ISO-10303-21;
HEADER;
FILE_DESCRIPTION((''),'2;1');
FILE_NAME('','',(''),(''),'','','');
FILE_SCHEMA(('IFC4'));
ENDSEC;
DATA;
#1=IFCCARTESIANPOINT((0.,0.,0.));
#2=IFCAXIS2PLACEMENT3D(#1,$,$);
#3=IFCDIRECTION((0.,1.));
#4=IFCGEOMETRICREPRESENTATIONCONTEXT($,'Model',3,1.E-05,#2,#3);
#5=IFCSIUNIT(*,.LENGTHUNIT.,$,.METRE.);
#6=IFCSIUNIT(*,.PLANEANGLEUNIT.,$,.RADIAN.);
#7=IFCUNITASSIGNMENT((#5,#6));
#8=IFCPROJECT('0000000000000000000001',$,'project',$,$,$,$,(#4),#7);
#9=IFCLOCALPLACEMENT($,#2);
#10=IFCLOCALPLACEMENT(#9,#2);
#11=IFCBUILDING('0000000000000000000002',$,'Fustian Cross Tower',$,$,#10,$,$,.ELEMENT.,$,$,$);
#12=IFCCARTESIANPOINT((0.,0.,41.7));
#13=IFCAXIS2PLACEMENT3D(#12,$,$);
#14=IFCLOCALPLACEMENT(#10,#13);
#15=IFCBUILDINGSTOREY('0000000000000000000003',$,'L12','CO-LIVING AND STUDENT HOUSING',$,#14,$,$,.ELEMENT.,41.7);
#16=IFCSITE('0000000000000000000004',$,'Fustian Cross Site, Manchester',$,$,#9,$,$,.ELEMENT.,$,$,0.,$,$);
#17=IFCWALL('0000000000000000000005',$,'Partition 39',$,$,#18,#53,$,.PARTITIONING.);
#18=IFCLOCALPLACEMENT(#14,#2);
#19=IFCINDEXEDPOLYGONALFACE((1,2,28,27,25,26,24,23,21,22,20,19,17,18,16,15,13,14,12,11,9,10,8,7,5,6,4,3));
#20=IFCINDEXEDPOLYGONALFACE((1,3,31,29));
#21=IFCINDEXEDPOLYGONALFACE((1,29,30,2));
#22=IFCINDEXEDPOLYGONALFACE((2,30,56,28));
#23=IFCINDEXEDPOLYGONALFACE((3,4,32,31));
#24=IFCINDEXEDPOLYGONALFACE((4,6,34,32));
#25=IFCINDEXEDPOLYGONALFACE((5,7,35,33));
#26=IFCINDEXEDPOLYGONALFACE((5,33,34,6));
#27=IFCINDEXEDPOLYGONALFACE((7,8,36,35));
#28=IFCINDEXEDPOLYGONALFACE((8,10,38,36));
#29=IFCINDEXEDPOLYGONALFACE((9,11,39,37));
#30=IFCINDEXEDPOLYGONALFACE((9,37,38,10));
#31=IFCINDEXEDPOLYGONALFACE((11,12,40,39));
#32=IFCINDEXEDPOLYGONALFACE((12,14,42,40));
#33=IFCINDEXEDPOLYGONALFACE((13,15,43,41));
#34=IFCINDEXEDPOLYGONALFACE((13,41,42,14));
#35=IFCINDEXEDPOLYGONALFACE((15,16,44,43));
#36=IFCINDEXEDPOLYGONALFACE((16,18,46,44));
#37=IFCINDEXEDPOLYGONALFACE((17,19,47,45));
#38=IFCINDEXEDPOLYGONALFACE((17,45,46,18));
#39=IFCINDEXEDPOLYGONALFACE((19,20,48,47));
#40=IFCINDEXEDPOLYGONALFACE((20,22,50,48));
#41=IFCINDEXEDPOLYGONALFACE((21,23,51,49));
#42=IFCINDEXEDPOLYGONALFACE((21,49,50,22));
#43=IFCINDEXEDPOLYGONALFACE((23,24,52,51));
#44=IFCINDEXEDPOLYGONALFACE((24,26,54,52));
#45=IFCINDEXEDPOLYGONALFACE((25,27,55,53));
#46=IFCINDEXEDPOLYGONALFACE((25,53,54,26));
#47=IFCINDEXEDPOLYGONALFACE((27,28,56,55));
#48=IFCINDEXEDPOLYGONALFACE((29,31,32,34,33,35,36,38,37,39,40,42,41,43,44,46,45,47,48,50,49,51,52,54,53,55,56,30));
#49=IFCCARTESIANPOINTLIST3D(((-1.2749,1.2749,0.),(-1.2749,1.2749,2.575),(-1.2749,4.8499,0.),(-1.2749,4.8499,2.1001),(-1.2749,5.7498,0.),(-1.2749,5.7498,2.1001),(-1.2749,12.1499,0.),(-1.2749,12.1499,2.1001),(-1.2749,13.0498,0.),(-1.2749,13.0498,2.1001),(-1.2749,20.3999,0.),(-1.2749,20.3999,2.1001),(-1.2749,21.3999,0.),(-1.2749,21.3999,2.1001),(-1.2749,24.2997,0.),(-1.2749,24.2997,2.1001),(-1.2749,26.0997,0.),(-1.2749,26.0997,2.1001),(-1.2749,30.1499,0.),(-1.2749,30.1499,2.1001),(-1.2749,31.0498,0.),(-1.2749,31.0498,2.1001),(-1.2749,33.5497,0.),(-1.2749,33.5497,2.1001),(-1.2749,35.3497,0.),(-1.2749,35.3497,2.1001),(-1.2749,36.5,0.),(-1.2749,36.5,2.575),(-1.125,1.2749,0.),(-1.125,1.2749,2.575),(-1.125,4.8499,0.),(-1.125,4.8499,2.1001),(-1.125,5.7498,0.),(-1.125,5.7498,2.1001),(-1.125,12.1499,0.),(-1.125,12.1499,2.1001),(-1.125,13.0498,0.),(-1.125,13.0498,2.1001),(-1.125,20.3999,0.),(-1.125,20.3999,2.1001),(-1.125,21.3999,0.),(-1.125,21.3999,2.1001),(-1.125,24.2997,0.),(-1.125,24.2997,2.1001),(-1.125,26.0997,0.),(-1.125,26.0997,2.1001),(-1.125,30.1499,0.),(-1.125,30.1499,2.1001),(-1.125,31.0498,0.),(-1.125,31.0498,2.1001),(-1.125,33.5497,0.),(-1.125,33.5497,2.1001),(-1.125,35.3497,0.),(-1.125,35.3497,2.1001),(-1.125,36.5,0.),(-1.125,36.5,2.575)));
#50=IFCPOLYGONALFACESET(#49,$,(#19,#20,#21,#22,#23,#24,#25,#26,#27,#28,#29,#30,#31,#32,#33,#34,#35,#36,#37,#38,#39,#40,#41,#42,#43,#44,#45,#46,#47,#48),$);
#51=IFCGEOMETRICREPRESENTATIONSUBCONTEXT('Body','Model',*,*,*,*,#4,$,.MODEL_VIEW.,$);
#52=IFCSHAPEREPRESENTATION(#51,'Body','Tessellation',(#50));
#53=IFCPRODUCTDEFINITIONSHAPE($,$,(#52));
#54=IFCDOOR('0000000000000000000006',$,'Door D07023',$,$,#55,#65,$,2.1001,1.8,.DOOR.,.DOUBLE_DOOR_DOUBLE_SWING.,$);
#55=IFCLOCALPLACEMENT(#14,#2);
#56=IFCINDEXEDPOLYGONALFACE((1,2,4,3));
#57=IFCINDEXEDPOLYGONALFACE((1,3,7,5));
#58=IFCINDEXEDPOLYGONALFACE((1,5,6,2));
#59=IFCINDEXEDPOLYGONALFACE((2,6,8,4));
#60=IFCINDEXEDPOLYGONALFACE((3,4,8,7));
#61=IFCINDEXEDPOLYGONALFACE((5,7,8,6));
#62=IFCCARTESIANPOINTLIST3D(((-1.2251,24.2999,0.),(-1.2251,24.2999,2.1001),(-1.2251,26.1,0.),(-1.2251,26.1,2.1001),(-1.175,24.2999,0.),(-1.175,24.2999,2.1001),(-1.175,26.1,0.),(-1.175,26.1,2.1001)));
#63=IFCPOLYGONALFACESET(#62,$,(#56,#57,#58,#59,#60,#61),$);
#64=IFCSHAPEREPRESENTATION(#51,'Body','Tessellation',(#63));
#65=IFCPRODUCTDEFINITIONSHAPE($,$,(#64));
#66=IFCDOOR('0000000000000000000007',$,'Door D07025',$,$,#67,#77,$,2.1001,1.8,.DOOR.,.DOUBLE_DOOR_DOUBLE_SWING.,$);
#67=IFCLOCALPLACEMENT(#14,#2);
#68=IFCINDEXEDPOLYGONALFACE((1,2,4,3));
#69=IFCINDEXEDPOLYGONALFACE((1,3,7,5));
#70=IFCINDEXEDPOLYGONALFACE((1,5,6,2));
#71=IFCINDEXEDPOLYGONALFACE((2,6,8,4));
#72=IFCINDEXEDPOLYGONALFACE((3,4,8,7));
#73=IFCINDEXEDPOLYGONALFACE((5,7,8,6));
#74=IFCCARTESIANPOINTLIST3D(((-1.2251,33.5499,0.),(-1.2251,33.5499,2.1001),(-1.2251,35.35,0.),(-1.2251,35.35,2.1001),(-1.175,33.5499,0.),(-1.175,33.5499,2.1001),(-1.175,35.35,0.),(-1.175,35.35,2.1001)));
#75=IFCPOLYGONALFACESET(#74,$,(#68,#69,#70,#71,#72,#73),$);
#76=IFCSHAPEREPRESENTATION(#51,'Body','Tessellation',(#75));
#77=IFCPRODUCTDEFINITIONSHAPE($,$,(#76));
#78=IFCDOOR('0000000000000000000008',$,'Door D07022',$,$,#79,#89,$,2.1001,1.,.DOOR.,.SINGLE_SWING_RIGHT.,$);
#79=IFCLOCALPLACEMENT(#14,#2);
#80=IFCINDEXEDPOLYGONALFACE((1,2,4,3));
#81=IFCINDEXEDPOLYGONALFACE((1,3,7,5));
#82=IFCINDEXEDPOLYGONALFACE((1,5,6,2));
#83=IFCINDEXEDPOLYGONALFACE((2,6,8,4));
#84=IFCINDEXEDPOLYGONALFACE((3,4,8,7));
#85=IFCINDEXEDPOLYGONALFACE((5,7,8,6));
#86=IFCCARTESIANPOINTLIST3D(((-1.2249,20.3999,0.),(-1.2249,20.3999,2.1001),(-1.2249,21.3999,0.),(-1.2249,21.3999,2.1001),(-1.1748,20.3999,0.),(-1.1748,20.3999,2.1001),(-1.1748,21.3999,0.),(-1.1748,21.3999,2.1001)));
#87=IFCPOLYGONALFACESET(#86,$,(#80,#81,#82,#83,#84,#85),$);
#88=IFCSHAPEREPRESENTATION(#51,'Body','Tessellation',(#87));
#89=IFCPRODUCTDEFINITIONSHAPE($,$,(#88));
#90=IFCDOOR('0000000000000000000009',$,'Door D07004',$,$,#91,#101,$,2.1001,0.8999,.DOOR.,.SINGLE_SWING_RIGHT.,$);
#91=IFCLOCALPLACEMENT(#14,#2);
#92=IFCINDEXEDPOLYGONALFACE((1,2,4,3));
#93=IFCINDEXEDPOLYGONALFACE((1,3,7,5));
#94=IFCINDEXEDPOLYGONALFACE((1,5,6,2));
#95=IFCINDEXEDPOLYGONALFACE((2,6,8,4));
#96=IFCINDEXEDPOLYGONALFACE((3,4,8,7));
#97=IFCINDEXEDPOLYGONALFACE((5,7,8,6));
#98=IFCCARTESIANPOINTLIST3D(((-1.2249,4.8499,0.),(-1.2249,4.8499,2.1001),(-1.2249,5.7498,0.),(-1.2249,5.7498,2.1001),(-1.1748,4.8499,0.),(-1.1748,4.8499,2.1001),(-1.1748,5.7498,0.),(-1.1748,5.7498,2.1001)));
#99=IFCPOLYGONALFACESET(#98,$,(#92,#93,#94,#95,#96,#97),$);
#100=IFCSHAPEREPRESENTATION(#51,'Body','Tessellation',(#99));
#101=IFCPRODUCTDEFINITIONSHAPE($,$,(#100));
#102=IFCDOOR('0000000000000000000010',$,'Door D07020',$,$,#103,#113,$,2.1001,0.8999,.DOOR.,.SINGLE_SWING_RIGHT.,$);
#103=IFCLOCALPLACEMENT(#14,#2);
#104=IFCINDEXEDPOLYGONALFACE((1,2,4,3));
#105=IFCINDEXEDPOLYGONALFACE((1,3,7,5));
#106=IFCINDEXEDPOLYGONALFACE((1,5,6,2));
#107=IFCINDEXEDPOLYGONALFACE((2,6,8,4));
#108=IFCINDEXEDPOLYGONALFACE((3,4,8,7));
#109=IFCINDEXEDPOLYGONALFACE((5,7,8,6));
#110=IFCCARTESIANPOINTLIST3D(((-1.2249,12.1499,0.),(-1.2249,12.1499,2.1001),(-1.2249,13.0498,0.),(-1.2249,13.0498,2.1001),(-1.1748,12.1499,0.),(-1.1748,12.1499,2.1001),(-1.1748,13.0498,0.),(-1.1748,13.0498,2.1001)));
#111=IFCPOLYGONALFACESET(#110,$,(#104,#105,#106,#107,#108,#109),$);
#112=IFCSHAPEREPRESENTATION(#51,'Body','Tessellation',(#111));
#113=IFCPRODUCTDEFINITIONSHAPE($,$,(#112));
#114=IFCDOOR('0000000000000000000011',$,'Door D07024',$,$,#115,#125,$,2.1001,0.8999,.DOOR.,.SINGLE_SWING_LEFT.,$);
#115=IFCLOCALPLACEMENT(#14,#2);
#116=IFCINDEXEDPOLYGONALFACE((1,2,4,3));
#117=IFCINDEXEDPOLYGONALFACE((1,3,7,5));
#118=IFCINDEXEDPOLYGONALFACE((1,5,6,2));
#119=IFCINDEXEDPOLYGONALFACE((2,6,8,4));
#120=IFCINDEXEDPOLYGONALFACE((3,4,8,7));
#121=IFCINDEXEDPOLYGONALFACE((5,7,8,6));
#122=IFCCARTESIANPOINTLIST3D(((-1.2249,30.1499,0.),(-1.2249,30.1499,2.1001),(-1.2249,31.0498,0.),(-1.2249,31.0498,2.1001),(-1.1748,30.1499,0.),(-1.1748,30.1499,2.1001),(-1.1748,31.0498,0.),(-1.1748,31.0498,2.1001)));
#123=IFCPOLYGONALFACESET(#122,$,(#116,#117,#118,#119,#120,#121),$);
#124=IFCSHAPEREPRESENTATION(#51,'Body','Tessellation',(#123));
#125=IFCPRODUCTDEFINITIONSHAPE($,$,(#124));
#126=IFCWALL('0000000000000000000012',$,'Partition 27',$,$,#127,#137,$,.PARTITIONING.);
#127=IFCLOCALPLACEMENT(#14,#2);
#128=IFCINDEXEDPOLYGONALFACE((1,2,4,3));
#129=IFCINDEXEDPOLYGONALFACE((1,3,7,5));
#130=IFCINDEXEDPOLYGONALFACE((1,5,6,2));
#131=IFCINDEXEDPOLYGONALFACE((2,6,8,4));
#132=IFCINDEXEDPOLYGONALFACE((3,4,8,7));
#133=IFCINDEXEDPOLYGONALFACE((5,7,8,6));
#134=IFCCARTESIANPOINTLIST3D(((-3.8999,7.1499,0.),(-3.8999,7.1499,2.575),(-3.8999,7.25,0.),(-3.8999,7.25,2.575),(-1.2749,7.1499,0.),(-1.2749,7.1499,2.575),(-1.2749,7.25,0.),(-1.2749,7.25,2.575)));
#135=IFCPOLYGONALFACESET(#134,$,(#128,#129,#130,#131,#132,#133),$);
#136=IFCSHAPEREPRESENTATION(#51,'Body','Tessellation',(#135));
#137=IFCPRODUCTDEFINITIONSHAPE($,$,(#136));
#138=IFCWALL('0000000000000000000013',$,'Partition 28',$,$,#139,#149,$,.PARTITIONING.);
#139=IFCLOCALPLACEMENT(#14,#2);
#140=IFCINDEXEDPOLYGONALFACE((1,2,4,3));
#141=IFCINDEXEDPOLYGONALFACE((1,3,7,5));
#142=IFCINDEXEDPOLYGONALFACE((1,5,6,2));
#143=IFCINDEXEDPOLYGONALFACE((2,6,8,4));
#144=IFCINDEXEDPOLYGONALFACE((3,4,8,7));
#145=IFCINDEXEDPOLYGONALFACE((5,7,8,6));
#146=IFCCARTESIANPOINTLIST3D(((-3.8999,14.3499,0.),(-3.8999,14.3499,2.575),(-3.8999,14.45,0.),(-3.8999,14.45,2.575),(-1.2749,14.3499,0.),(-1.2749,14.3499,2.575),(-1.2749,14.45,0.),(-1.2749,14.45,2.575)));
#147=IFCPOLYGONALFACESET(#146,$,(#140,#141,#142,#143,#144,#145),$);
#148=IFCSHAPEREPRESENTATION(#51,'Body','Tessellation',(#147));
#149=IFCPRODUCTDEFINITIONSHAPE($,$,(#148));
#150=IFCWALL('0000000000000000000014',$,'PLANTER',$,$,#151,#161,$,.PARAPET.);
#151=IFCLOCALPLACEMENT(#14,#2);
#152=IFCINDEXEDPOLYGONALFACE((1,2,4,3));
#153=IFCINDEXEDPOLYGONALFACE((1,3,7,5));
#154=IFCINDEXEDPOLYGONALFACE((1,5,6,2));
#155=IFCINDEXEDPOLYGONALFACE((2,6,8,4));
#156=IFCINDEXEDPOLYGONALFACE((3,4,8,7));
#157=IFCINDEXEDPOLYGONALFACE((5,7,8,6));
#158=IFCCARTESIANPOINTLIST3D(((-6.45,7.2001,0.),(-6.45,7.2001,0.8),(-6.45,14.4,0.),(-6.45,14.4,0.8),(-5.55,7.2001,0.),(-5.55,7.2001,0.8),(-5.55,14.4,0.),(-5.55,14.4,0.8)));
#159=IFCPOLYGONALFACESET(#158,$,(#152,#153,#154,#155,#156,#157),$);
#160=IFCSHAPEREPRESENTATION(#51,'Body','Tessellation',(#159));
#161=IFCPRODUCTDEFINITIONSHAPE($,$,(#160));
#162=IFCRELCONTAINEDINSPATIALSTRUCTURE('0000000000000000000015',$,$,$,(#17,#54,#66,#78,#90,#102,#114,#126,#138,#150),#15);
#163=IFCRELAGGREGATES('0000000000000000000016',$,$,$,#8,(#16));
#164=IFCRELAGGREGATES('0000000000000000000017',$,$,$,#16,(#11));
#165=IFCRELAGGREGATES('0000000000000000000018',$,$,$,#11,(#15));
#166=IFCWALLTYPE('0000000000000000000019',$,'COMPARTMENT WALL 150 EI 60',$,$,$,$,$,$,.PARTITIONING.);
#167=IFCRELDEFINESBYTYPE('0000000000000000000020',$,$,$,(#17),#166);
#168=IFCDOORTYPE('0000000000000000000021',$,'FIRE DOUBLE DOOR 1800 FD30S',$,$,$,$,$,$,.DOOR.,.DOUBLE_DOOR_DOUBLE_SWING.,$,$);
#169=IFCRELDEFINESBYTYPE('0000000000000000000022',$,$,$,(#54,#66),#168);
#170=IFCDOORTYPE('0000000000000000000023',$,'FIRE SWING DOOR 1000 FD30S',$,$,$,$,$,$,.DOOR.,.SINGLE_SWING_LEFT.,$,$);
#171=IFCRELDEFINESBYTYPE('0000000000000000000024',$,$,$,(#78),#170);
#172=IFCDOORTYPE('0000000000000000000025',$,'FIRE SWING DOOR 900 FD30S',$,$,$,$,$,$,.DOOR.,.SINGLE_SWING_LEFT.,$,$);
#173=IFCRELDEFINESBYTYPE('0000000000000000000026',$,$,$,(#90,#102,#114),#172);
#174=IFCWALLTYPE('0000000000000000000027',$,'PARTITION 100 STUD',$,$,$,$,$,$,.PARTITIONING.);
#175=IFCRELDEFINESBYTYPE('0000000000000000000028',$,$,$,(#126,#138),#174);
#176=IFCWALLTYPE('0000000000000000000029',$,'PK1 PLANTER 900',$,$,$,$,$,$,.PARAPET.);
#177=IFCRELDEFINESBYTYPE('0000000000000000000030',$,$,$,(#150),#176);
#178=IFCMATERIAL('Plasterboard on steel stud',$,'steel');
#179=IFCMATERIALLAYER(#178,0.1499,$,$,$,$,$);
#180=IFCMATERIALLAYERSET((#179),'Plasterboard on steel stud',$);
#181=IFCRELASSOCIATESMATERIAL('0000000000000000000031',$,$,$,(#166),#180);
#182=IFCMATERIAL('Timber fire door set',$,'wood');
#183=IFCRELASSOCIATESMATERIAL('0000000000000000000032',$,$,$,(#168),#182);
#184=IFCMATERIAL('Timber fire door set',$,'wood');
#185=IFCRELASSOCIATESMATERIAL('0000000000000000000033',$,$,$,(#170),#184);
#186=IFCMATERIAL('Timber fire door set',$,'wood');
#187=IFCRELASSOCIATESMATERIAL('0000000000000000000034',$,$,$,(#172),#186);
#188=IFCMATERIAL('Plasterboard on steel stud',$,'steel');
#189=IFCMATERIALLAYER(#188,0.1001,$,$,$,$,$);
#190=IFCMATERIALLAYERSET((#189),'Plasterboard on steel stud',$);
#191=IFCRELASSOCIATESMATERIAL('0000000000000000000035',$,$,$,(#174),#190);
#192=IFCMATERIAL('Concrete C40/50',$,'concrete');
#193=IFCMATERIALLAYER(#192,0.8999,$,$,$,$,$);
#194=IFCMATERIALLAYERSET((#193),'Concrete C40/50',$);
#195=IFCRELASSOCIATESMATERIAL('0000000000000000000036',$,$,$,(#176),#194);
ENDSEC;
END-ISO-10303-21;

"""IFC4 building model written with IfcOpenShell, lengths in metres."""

from ifc_helpers import new_model, si_unit, direction, frame, frame_2d, origin, place, context, subcontext, project, spatial, rectangle, extrude, material, layer, layer_set, type_object, element, fill, save


model = new_model("IFC4")

# Units and contexts
model_context = context("Model", 3, precision=1e-05, world=origin(), true_north=direction((0.0, 1.0)))
body_context = subcontext(model_context, "Body", "Model", "MODEL_VIEW")
ifc_project = project(units=[si_unit("LENGTHUNIT", "METRE"), si_unit("PLANEANGLEUNIT", "RADIAN")], contexts=[model_context])

# Site, building, storey
site_placement = place(None, origin())
site = spatial("IfcSite", under=ifc_project, at=site_placement, Name="Fustian Cross Site, Manchester", CompositionType="ELEMENT", RefElevation=0.0)
building_placement = place(site_placement, origin())
building = spatial("IfcBuilding", under=site, at=building_placement, Name="Fustian Cross Tower", CompositionType="ELEMENT")
storey_placement = place(building_placement, frame((0.0, 0.0, 41.7)))
storey = spatial("IfcBuildingStorey", under=building, at=storey_placement, Name="L12", Description="CO-LIVING AND STUDENT HOUSING", CompositionType="ELEMENT", Elevation=41.7)

# Wall, openings, doors
ifc_material_1 = material(Name="Plasterboard on steel stud", Category="steel")
ifc_layer_1 = layer(ifc_material_1, 0.1499)
ifc_layer_set_1 = layer_set([ifc_layer_1], Name="Plasterboard on steel stud")
wall_type_1 = type_object("IfcWallType", Name="COMPARTMENT WALL 150 EI 60", PredefinedType="PARTITIONING", material=ifc_layer_set_1)
wall_1_placement = place(storey_placement, frame((-1.2, 1.2749, 0.0), z_axis=(0.0, 0.0, 1.0), x_axis=(0.0, 1.0, 0.0)))
wall_1 = element("IfcWall", 1, at=wall_1_placement, inside=storey, type_object=wall_type_1, Name="Partition 39", PredefinedType="PARTITIONING", context=body_context, shape_type="SweptSolid", body=[
    extrude(rectangle(XDim=35.2251, YDim=0.1499, at=frame_2d((17.6125, 0.0))), origin(), (0.0, 0.0, 1.0), 2.575),
])
opening_1_placement = place(wall_1_placement, frame((3.575, 0.0, 0.0)))
opening_1 = element("IfcOpeningElement", 2, at=opening_1_placement, cuts=wall_1, PredefinedType="OPENING", context=body_context, shape_type="SweptSolid", body=[
    extrude(rectangle(XDim=0.8999, YDim=2.1001, at=frame_2d((0.45, 1.05))), frame((0.0, 0.085, 0.0), z_axis=(0.0, -1.0, 0.0), x_axis=(1.0, 0.0, 0.0)), (0.0, 0.0, 1.0), 0.1699),
])
opening_2_placement = place(wall_1_placement, frame((10.875, 0.0, 0.0)))
opening_2 = element("IfcOpeningElement", 3, at=opening_2_placement, cuts=wall_1, PredefinedType="OPENING", context=body_context, shape_type="SweptSolid", body=[
    extrude(rectangle(XDim=0.8999, YDim=2.1001, at=frame_2d((0.45, 1.05))), frame((0.0, 0.085, 0.0), z_axis=(0.0, -1.0, 0.0), x_axis=(1.0, 0.0, 0.0)), (0.0, 0.0, 1.0), 0.1699),
])
opening_3_placement = place(wall_1_placement, frame((19.125, 0.0, 0.0)))
opening_3 = element("IfcOpeningElement", 4, at=opening_3_placement, cuts=wall_1, PredefinedType="OPENING", context=body_context, shape_type="SweptSolid", body=[
    extrude(rectangle(XDim=1.0, YDim=2.1001, at=frame_2d((0.5, 1.05))), frame((0.0, 0.085, 0.0), z_axis=(0.0, -1.0, 0.0), x_axis=(1.0, 0.0, 0.0)), (0.0, 0.0, 1.0), 0.1699),
])
opening_4_placement = place(wall_1_placement, frame((23.0249, 0.0, 0.0)))
opening_4 = element("IfcOpeningElement", 5, at=opening_4_placement, cuts=wall_1, PredefinedType="OPENING", context=body_context, shape_type="SweptSolid", body=[
    extrude(rectangle(XDim=1.8, YDim=2.1001, at=frame_2d((0.8999, 1.05))), frame((0.0, 0.085, 0.0), z_axis=(0.0, -1.0, 0.0), x_axis=(1.0, 0.0, 0.0)), (0.0, 0.0, 1.0), 0.1699),
])
opening_5_placement = place(wall_1_placement, frame((28.875, 0.0, 0.0)))
opening_5 = element("IfcOpeningElement", 6, at=opening_5_placement, cuts=wall_1, PredefinedType="OPENING", context=body_context, shape_type="SweptSolid", body=[
    extrude(rectangle(XDim=0.8999, YDim=2.1001, at=frame_2d((0.45, 1.05))), frame((0.0, 0.085, 0.0), z_axis=(0.0, -1.0, 0.0), x_axis=(1.0, 0.0, 0.0)), (0.0, 0.0, 1.0), 0.1699),
])
opening_6_placement = place(wall_1_placement, frame((32.2749, 0.0, 0.0)))
opening_6 = element("IfcOpeningElement", 7, at=opening_6_placement, cuts=wall_1, PredefinedType="OPENING", context=body_context, shape_type="SweptSolid", body=[
    extrude(rectangle(XDim=1.8, YDim=2.1001, at=frame_2d((0.8999, 1.05))), frame((0.0, 0.085, 0.0), z_axis=(0.0, -1.0, 0.0), x_axis=(1.0, 0.0, 0.0)), (0.0, 0.0, 1.0), 0.1699),
])
ifc_material_2 = material(Name="Timber fire door set", Category="wood")
door_type_1 = type_object("IfcDoorType", Name="FIRE DOUBLE DOOR 1800 FD30S", OperationType="DOUBLE_DOOR_DOUBLE_SWING", PredefinedType="DOOR", material=ifc_material_2)
door_1_placement = place(opening_4_placement, frame((1.8, 0.0, 0.0), z_axis=(0.0, 0.0, 1.0), x_axis=(-1.0, 0.0, 0.0)))
door_1 = element("IfcDoor", 8, at=door_1_placement, inside=storey, type_object=door_type_1, Name="Door D07023", OperationType="DOUBLE_DOOR_DOUBLE_SWING", OverallHeight=2.1001, OverallWidth=1.8, PredefinedType="DOOR", context=body_context, shape_type="SweptSolid", body=[
    extrude(rectangle(XDim=1.8, YDim=2.1001, at=frame_2d((0.8999, 1.05))), frame((0.0, 0.0249, 0.0), z_axis=(0.0, -1.0, 0.0), x_axis=(1.0, 0.0, 0.0)), (0.0, 0.0, 1.0), 0.05),
])
fill(opening_4, door_1)
door_2_placement = place(opening_6_placement, frame((1.8, 0.0, 0.0), z_axis=(0.0, 0.0, 1.0), x_axis=(-1.0, 0.0, 0.0)))
door_2 = element("IfcDoor", 9, at=door_2_placement, inside=storey, type_object=door_type_1, Name="Door D07025", OperationType="DOUBLE_DOOR_DOUBLE_SWING", OverallHeight=2.1001, OverallWidth=1.8, PredefinedType="DOOR", context=body_context, shape_type="SweptSolid", body=[
    extrude(rectangle(XDim=1.8, YDim=2.1001, at=frame_2d((0.8999, 1.05))), frame((0.0, 0.0249, 0.0), z_axis=(0.0, -1.0, 0.0), x_axis=(1.0, 0.0, 0.0)), (0.0, 0.0, 1.0), 0.05),
])
fill(opening_6, door_2)
ifc_material_3 = material(Name="Timber fire door set", Category="wood")
door_type_2 = type_object("IfcDoorType", Name="FIRE SWING DOOR 1000 FD30S", OperationType="SINGLE_SWING_LEFT", PredefinedType="DOOR", material=ifc_material_3)
door_3_placement = place(opening_3_placement, origin())
door_3 = element("IfcDoor", 10, at=door_3_placement, inside=storey, type_object=door_type_2, Name="Door D07022", OperationType="SINGLE_SWING_RIGHT", OverallHeight=2.1001, OverallWidth=1.0, PredefinedType="DOOR", context=body_context, shape_type="SweptSolid", body=[
    extrude(rectangle(XDim=1.0, YDim=2.1001, at=frame_2d((0.5, 1.05))), frame((0.0, 0.0249, 0.0), z_axis=(0.0, -1.0, 0.0), x_axis=(1.0, 0.0, 0.0)), (0.0, 0.0, 1.0), 0.05),
])
fill(opening_3, door_3)
ifc_material_4 = material(Name="Timber fire door set", Category="wood")
door_type_3 = type_object("IfcDoorType", Name="FIRE SWING DOOR 900 FD30S", OperationType="SINGLE_SWING_LEFT", PredefinedType="DOOR", material=ifc_material_4)
door_4_placement = place(opening_1_placement, origin())
door_4 = element("IfcDoor", 11, at=door_4_placement, inside=storey, type_object=door_type_3, Name="Door D07004", OperationType="SINGLE_SWING_RIGHT", OverallHeight=2.1001, OverallWidth=0.8999, PredefinedType="DOOR", context=body_context, shape_type="SweptSolid", body=[
    extrude(rectangle(XDim=0.8999, YDim=2.1001, at=frame_2d((0.45, 1.05))), frame((0.0, 0.0249, 0.0), z_axis=(0.0, -1.0, 0.0), x_axis=(1.0, 0.0, 0.0)), (0.0, 0.0, 1.0), 0.05),
])
fill(opening_1, door_4)
door_5_placement = place(opening_2_placement, origin())
door_5 = element("IfcDoor", 12, at=door_5_placement, inside=storey, type_object=door_type_3, Name="Door D07020", OperationType="SINGLE_SWING_RIGHT", OverallHeight=2.1001, OverallWidth=0.8999, PredefinedType="DOOR", context=body_context, shape_type="SweptSolid", body=[
    extrude(rectangle(XDim=0.8999, YDim=2.1001, at=frame_2d((0.45, 1.05))), frame((0.0, 0.0249, 0.0), z_axis=(0.0, -1.0, 0.0), x_axis=(1.0, 0.0, 0.0)), (0.0, 0.0, 1.0), 0.05),
])
fill(opening_2, door_5)
door_6_placement = place(opening_5_placement, origin())
door_6 = element("IfcDoor", 13, at=door_6_placement, inside=storey, type_object=door_type_3, Name="Door D07024", OperationType="SINGLE_SWING_LEFT", OverallHeight=2.1001, OverallWidth=0.8999, PredefinedType="DOOR", context=body_context, shape_type="SweptSolid", body=[
    extrude(rectangle(XDim=0.8999, YDim=2.1001, at=frame_2d((0.45, 1.05))), frame((0.0, 0.0249, 0.0), z_axis=(0.0, -1.0, 0.0), x_axis=(1.0, 0.0, 0.0)), (0.0, 0.0, 1.0), 0.05),
])
fill(opening_5, door_6)

# Walls
ifc_material_5 = material(Name="Plasterboard on steel stud", Category="steel")
ifc_layer_2 = layer(ifc_material_5, 0.1001)
ifc_layer_set_2 = layer_set([ifc_layer_2], Name="Plasterboard on steel stud")
wall_type_2 = type_object("IfcWallType", Name="PARTITION 100 STUD", PredefinedType="PARTITIONING", material=ifc_layer_set_2)
for number, where, z_axis, x_axis, name in (
    (14, (-3.8999, 7.2, 0.0), (0.0, 0.0, 1.0), (1.0, 0.0, 0.0), "Partition 27"),
    (15, (-3.8999, 14.3999, 0.0), (0.0, 0.0, 1.0), (1.0, 0.0, 0.0), "Partition 28"),
):
    element("IfcWall", number, at=place(storey_placement, frame(where, z_axis=z_axis, x_axis=x_axis)), inside=storey, type_object=wall_type_2, Name=name, PredefinedType="PARTITIONING", context=body_context, shape_type="SweptSolid", body=[
        extrude(rectangle(XDim=2.625, YDim=0.1001, at=frame_2d((1.3125, 0.0))), origin(), (0.0, 0.0, 1.0), 2.575),
    ])
ifc_material_6 = material(Name="Concrete C40/50", Category="concrete")
ifc_layer_3 = layer(ifc_material_6, 0.8999)
ifc_layer_set_3 = layer_set([ifc_layer_3], Name="Concrete C40/50")
wall_type_3 = type_object("IfcWallType", Name="PK1 PLANTER 900", PredefinedType="PARAPET", material=ifc_layer_set_3)
wall_2_placement = place(storey_placement, frame((-6.0, 7.2, 0.0), z_axis=(0.0, 0.0, 1.0), x_axis=(0.0, 1.0, 0.0)))
element("IfcWall", 16, at=wall_2_placement, inside=storey, type_object=wall_type_3, Name="PLANTER", PredefinedType="PARAPET", context=body_context, shape_type="SweptSolid", body=[
    extrude(rectangle(XDim=7.2, YDim=0.8999, at=frame_2d((3.6001, 0.0))), origin(), (0.0, 0.0, 1.0), 0.8),
])

save(model, "model.ifc")
